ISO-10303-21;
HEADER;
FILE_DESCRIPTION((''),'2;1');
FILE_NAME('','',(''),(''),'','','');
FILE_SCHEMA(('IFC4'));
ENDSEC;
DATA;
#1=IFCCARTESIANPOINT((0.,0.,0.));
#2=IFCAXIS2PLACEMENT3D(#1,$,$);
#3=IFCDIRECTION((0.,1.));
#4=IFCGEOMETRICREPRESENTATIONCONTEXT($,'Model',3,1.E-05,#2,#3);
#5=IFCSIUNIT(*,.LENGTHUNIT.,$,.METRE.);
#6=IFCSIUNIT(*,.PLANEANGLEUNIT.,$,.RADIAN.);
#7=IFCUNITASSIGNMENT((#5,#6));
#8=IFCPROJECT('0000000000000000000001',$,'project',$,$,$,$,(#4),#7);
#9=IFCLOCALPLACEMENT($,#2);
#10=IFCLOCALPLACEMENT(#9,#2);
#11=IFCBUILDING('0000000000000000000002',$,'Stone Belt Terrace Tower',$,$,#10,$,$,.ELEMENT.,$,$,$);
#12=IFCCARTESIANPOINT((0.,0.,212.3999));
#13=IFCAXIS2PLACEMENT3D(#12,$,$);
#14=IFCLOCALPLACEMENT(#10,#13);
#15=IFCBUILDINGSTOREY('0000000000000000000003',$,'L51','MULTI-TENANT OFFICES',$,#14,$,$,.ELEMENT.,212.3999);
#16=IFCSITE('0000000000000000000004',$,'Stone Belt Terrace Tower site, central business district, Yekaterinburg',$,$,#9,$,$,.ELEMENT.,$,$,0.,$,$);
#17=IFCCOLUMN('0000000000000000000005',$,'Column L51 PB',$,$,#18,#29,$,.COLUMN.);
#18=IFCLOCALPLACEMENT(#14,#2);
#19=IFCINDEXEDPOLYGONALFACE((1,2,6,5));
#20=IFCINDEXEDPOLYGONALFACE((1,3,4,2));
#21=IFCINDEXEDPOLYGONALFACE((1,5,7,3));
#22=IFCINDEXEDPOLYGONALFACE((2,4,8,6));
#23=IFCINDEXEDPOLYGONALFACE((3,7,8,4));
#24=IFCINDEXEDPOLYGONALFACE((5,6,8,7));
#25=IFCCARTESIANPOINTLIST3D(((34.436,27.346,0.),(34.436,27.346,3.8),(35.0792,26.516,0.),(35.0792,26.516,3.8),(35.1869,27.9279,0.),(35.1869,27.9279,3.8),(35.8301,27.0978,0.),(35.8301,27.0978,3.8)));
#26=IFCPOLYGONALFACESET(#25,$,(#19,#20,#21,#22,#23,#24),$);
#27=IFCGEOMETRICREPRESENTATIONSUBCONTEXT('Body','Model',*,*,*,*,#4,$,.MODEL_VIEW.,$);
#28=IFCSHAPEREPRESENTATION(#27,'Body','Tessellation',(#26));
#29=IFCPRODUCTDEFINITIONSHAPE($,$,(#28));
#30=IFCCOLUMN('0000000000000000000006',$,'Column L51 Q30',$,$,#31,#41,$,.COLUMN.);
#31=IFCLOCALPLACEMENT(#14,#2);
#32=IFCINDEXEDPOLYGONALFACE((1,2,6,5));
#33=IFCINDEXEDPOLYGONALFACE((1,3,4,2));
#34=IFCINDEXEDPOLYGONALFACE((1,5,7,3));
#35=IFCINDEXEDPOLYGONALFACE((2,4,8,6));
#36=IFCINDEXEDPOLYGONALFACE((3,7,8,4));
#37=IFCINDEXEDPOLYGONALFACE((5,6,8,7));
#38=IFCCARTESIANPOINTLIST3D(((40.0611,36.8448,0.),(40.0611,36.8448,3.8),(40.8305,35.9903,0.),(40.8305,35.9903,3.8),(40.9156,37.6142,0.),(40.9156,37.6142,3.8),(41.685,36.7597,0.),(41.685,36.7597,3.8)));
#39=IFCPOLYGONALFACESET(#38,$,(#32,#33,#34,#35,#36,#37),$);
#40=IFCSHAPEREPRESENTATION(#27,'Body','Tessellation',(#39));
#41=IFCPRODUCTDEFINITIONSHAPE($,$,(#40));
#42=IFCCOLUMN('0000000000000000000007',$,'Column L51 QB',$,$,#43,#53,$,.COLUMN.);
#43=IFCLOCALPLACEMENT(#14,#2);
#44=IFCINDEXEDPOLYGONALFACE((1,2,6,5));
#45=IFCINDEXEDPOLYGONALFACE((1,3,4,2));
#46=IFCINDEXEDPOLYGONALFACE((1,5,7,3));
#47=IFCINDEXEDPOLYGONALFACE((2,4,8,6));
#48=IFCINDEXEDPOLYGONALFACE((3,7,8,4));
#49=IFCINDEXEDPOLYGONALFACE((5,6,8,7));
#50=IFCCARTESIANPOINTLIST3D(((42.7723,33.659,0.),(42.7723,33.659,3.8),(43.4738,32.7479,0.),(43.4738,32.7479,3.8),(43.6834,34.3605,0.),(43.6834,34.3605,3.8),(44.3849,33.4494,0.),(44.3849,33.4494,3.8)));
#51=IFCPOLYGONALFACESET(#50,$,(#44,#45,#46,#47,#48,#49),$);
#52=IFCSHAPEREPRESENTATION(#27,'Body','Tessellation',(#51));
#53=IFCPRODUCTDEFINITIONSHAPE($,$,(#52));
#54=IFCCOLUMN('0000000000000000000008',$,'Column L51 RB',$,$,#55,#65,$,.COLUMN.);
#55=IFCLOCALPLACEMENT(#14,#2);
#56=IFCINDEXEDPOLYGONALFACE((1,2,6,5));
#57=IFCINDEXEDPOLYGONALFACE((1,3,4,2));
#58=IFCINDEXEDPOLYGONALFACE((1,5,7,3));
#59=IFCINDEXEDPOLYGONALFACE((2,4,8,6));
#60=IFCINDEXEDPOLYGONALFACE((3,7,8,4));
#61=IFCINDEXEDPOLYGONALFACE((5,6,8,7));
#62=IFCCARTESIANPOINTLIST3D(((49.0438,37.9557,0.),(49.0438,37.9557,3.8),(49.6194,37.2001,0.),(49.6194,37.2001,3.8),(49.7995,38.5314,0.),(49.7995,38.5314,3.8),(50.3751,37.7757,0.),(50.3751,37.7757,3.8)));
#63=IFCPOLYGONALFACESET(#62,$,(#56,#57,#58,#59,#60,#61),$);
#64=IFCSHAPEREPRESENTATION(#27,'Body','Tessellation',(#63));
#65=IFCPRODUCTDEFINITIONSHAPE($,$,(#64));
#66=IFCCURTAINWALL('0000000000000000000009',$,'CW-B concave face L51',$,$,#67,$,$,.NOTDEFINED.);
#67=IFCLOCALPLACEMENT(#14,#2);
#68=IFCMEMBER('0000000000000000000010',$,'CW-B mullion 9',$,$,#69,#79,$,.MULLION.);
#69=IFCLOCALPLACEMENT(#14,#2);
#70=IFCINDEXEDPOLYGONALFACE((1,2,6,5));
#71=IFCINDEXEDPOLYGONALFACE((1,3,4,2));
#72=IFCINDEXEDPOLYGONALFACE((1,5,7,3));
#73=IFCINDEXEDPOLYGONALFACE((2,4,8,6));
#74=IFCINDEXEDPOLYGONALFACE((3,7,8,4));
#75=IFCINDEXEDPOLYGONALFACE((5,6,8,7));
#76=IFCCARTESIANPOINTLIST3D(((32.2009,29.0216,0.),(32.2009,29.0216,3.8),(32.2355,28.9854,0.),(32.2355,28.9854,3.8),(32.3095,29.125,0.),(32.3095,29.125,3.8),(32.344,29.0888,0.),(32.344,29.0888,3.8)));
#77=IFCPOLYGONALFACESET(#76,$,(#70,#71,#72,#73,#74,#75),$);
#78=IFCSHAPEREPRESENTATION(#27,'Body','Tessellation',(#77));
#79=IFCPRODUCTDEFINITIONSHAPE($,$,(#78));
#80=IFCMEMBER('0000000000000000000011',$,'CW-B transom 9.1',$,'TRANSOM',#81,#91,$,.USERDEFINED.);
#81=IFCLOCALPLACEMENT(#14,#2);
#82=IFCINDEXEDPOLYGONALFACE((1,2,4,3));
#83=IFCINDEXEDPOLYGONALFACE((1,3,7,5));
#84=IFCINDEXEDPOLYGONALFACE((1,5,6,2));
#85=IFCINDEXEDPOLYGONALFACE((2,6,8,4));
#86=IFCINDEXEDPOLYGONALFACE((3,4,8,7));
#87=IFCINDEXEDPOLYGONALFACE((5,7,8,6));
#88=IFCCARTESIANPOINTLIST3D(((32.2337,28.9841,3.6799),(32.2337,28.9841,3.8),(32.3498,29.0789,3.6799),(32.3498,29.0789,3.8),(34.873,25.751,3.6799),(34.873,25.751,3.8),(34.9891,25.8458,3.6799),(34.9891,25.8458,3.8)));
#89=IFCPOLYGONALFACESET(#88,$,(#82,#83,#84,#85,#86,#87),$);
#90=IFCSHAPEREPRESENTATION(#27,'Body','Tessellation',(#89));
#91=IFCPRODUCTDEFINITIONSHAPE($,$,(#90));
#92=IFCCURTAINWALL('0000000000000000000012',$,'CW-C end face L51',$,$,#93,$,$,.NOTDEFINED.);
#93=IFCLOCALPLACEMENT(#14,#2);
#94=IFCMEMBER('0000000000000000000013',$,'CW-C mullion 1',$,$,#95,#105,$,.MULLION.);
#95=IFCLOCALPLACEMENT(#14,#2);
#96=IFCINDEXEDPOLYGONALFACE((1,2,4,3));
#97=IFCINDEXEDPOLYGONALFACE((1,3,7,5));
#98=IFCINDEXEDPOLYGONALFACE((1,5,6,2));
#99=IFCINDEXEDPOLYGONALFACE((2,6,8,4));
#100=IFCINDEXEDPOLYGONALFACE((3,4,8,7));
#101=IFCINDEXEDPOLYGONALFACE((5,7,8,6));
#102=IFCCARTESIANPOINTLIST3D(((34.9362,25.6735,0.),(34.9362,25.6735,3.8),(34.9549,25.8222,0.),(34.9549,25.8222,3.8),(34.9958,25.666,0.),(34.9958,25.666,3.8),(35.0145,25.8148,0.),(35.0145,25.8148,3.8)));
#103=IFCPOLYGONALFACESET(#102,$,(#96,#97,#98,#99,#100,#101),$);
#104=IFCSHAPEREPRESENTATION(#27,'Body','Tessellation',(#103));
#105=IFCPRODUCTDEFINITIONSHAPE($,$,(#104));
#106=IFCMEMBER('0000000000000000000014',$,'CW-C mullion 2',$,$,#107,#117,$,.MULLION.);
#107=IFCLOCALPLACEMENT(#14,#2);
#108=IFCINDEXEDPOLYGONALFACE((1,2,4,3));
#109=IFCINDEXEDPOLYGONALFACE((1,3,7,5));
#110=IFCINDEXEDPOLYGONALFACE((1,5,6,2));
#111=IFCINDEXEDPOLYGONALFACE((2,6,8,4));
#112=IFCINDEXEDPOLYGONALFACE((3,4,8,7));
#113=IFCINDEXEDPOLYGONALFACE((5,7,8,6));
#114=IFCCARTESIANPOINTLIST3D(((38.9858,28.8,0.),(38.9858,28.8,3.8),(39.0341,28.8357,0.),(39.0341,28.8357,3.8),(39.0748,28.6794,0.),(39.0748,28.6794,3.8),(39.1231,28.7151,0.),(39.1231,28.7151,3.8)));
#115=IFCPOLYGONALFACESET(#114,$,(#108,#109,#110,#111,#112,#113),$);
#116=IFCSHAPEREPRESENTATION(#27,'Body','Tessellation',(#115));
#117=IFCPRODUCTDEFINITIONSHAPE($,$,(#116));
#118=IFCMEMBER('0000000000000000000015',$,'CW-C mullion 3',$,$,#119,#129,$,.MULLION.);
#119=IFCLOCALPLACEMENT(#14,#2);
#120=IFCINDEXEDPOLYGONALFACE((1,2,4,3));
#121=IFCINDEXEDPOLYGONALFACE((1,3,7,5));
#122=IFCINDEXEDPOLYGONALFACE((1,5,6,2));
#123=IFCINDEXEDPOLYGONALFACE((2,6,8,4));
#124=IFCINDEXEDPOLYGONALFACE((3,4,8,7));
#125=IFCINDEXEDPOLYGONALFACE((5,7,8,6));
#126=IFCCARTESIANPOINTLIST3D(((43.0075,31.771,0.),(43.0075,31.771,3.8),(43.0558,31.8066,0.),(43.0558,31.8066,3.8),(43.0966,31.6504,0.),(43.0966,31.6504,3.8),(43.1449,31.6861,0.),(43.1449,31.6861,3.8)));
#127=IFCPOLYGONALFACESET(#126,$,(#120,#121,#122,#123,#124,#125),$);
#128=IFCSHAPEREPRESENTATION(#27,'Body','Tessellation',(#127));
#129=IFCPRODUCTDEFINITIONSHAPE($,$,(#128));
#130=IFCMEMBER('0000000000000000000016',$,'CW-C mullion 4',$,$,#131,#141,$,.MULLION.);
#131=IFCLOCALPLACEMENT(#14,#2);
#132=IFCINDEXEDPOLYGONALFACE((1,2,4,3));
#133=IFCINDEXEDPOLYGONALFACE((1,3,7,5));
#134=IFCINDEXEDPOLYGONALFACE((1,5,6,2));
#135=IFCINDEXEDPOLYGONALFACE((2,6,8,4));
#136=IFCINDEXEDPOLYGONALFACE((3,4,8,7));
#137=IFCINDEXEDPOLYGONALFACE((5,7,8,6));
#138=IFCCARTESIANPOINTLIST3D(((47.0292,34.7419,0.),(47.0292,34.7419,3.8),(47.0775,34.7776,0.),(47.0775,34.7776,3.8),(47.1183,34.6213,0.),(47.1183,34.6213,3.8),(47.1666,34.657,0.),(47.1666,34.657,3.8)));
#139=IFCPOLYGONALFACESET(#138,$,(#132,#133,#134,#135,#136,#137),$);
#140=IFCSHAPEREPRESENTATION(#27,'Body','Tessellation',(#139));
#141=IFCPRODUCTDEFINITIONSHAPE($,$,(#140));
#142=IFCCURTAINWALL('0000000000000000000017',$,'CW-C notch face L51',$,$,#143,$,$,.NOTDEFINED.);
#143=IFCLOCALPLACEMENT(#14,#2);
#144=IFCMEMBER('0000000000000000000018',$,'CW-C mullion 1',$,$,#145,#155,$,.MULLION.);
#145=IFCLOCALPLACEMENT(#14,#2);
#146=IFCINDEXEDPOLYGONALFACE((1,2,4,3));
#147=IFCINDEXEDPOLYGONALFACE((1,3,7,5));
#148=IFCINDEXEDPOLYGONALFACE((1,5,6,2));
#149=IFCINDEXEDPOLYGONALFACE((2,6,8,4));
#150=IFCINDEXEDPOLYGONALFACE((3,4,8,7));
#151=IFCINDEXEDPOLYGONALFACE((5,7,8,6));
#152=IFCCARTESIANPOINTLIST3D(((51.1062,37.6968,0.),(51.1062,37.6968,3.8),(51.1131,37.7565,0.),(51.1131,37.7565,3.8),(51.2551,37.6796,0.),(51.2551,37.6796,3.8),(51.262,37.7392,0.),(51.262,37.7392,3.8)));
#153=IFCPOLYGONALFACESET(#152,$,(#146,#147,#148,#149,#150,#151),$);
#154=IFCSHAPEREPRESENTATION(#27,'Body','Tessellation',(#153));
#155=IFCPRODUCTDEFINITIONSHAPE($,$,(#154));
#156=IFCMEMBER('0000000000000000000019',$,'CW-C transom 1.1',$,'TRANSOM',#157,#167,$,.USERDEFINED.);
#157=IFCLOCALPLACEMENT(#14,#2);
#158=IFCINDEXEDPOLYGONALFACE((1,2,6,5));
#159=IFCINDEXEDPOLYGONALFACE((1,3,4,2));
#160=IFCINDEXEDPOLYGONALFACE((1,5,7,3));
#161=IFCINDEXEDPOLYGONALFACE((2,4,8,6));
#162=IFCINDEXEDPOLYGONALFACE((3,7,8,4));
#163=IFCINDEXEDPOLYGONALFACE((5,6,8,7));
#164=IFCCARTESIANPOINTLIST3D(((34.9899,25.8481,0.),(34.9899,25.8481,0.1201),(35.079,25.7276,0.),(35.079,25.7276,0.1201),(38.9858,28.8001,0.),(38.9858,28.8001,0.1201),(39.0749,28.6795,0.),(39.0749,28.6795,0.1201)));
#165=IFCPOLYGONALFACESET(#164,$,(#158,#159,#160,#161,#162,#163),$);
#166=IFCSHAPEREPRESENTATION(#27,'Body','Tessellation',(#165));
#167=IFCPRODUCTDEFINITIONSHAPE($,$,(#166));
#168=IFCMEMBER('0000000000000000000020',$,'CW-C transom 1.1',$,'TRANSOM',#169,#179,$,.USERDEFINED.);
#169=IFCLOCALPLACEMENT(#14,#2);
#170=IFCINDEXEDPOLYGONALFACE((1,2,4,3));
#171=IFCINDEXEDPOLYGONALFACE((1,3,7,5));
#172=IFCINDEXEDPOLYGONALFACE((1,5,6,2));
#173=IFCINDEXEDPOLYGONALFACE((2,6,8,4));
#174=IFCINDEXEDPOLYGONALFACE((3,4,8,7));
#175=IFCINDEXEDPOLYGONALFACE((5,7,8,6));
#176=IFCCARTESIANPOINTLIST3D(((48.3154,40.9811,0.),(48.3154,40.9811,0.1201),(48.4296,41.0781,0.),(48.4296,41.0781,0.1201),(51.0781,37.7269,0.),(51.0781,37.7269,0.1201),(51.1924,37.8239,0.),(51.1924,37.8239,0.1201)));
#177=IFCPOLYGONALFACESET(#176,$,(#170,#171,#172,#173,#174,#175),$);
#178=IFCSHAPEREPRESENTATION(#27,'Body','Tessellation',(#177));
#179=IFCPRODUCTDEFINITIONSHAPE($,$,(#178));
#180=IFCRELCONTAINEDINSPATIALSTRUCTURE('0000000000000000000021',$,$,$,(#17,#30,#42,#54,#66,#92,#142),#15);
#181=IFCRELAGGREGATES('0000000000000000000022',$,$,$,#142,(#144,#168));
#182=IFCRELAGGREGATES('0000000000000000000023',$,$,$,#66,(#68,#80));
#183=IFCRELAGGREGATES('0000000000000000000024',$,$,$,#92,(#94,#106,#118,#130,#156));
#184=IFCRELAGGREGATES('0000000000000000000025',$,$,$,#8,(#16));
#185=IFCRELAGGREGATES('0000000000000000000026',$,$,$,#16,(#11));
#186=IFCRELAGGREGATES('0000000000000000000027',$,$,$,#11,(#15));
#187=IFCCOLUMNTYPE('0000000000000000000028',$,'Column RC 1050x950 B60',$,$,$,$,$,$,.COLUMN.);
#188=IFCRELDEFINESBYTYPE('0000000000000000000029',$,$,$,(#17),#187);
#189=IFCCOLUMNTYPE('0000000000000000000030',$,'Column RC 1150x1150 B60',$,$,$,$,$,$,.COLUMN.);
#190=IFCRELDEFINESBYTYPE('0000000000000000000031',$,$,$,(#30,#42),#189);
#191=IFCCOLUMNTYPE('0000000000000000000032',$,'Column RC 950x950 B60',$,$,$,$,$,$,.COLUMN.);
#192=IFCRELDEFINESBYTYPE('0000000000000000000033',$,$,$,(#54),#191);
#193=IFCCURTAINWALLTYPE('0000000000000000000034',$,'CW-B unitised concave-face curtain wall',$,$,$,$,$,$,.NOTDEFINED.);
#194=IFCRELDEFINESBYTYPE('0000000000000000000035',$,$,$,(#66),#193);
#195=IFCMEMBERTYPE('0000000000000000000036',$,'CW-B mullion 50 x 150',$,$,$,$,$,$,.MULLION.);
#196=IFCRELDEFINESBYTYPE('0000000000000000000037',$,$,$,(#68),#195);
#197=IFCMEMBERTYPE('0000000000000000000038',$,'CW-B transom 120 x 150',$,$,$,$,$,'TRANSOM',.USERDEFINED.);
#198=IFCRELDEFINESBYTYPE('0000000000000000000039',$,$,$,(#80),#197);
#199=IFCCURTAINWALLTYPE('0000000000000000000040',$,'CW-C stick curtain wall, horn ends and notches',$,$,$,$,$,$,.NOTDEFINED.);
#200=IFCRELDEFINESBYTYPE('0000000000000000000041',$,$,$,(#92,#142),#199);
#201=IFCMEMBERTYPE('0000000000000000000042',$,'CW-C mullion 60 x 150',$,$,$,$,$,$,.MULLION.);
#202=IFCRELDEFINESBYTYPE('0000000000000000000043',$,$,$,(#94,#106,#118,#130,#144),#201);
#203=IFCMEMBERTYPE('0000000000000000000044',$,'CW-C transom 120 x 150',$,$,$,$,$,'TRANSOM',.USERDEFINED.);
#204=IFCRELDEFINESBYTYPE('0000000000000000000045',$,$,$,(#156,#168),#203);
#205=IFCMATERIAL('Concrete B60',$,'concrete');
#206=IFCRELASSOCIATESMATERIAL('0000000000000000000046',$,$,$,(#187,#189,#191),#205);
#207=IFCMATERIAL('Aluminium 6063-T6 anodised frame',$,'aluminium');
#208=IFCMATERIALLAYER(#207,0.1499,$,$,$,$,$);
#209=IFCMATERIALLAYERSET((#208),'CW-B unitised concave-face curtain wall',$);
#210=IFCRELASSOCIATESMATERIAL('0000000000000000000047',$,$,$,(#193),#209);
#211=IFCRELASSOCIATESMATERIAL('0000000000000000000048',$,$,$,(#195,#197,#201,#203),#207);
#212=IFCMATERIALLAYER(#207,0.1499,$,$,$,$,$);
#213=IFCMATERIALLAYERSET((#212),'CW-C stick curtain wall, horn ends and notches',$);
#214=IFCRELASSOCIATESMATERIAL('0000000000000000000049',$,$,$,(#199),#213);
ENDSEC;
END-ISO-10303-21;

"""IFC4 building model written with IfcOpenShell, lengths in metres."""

from ifc_helpers import new_model, si_unit, direction, frame, origin, origin_2d, place, context, subcontext, project, spatial, rectangle, extrude, material, layer, layer_set, material_profile, profile_set, type_object, element, aggregate, save


model = new_model("IFC4")

# Units and contexts
model_context = context("Model", 3, precision=1e-05, world=origin(), true_north=direction((0.0, 1.0)))
body_context = subcontext(model_context, "Body", "Model", "MODEL_VIEW")
ifc_project = project(units=[si_unit("LENGTHUNIT", "METRE"), si_unit("PLANEANGLEUNIT", "RADIAN")], contexts=[model_context])

# Site, building, storey
site_placement = place(None, origin())
site = spatial("IfcSite", under=ifc_project, at=site_placement, Name="Stone Belt Terrace Tower site, central business district, Yekaterinburg", CompositionType="ELEMENT", RefElevation=0.0)
building_placement = place(site_placement, origin())
building = spatial("IfcBuilding", under=site, at=building_placement, Name="Stone Belt Terrace Tower", CompositionType="ELEMENT")
storey_placement = place(building_placement, frame((0.0, 0.0, 212.3999)))
storey = spatial("IfcBuildingStorey", under=building, at=storey_placement, Name="L51", Description="MULTI-TENANT OFFICES", CompositionType="ELEMENT", Elevation=212.3999)

# Columns
ifc_material_1 = material(Name="Concrete B60", Category="concrete")
ifc_material_profile_1 = material_profile(ifc_material_1, rectangle(XDim=1.05, YDim=0.95, at=origin_2d()), Name="RC 1050x950")
ifc_profile_set_1 = profile_set([ifc_material_profile_1], Name="Concrete B60")
column_type_1 = type_object("IfcColumnType", Name="Column RC 1050x950 B60", PredefinedType="COLUMN", material=ifc_profile_set_1)
column_1_placement = place(storey_placement, frame((35.1331, 27.2219, 0.0), z_axis=(0.0, 0.0, 1.0), x_axis=(0.612485, -0.790482, 0.0)))
element("IfcColumn", 1, at=column_1_placement, inside=storey, type_object=column_type_1, Name="Column L51 PB", PredefinedType="COLUMN", context=body_context, shape_type="SweptSolid", body=[
    extrude(rectangle(XDim=1.05, YDim=0.95, at=origin_2d()), origin(), (0.0, 0.0, 1.0), 3.8),
])
ifc_material_profile_2 = material_profile(ifc_material_1, rectangle(XDim=1.1499, YDim=1.1499, at=origin_2d()), Name="RC 1150x1150")
ifc_profile_set_2 = profile_set([ifc_material_profile_2], Name="Concrete B60")
column_type_2 = type_object("IfcColumnType", Name="Column RC 1150x1150 B60", PredefinedType="COLUMN", material=ifc_profile_set_2)
for number, where, z_axis, x_axis, name in (
    (2, (40.873, 36.8022, 0.0), (0.0, 0.0, 1.0), (0.669131, -0.743145, 0.0), "Column L51 Q30"),
    (3, (43.5786, 33.5542, 0.0), (0.0, 0.0, 1.0), (0.610079, -0.792341, 0.0), "Column L51 QB"),
):
    element("IfcColumn", number, at=place(storey_placement, frame(where, z_axis=z_axis, x_axis=x_axis)), inside=storey, type_object=column_type_2, Name=name, PredefinedType="COLUMN", context=body_context, shape_type="SweptSolid", body=[
        extrude(rectangle(XDim=1.1499, YDim=1.1499, at=origin_2d()), origin(), (0.0, 0.0, 1.0), 3.8),
    ])
ifc_material_profile_3 = material_profile(ifc_material_1, rectangle(XDim=0.95, YDim=0.95, at=origin_2d()), Name="RC 950x950")
ifc_profile_set_3 = profile_set([ifc_material_profile_3], Name="Concrete B60")
column_type_3 = type_object("IfcColumnType", Name="Column RC 950x950 B60", PredefinedType="COLUMN", material=ifc_profile_set_3)
column_2_placement = place(storey_placement, frame((49.7095, 37.8657, 0.0), z_axis=(0.0, 0.0, 1.0), x_axis=(0.605961, -0.795495, 0.0)))
element("IfcColumn", 4, at=column_2_placement, inside=storey, type_object=column_type_3, Name="Column L51 RB", PredefinedType="COLUMN", context=body_context, shape_type="SweptSolid", body=[
    extrude(rectangle(XDim=0.95, YDim=0.95, at=origin_2d()), origin(), (0.0, 0.0, 1.0), 3.8),
])

# Curtain walls, members
ifc_material_2 = material(Name="Aluminium 6063-T6 anodised frame", Category="aluminium")
ifc_layer_1 = layer(ifc_material_2, 0.1499)
ifc_layer_set_1 = layer_set([ifc_layer_1], Name="CW-B unitised concave-face curtain wall")
curtain_wall_type_1 = type_object("IfcCurtainWallType", Name="CW-B unitised concave-face curtain wall", PredefinedType="NOTDEFINED", material=ifc_layer_set_1)
curtain_wall_1_placement = place(storey_placement, origin())
curtain_wall_1 = element("IfcCurtainWall", 5, at=curtain_wall_1_placement, inside=storey, type_object=curtain_wall_type_1, Name="CW-B concave face L51", PredefinedType="NOTDEFINED")
ifc_material_profile_4 = material_profile(ifc_material_2, rectangle(XDim=0.1499, YDim=0.05, at=origin_2d()), Name="Aluminium 6063-T6 50x150")
ifc_profile_set_4 = profile_set([ifc_material_profile_4], Name="Aluminium 6063-T6 anodised frame")
member_type_1 = type_object("IfcMemberType", Name="CW-B mullion 50 x 150", PredefinedType="MULLION", material=ifc_profile_set_4)
member_1_placement = place(storey_placement, frame((32.2725, 29.0552, 0.0), z_axis=(0.0, 0.0, 1.0), x_axis=(0.724008, 0.689792, 0.0)))
member_1 = element("IfcMember", 6, at=member_1_placement, type_object=member_type_1, Name="CW-B mullion 9", PredefinedType="MULLION", context=body_context, shape_type="SweptSolid", body=[
    extrude(rectangle(XDim=0.1499, YDim=0.05, at=origin_2d()), origin(), (0.0, 0.0, 1.0), 3.8),
])
ifc_material_profile_5 = material_profile(ifc_material_2, rectangle(XDim=0.1499, YDim=0.1201, at=origin_2d()), Name="Aluminium 6063-T6 150x120")
ifc_profile_set_5 = profile_set([ifc_material_profile_5], Name="Aluminium 6063-T6 anodised frame")
member_type_2 = type_object("IfcMemberType", Name="CW-B transom 120 x 150", ElementType="TRANSOM", PredefinedType="USERDEFINED", material=ifc_profile_set_5)
member_2_placement = place(storey_placement, frame((32.2917, 29.0315, 3.74), z_axis=(0.63239, -0.77465, 0.0), x_axis=(0.77465, 0.63239, 0.0)))
member_2 = element("IfcMember", 7, at=member_2_placement, type_object=member_type_2, Name="CW-B transom 9.1", ObjectType="TRANSOM", PredefinedType="USERDEFINED", context=body_context, shape_type="SweptSolid", body=[
    extrude(rectangle(XDim=0.1499, YDim=0.1201, at=origin_2d()), origin(), (0.0, 0.0, 1.0), 4.1736),
])
ifc_layer_2 = layer(ifc_material_2, 0.1499)
ifc_layer_set_2 = layer_set([ifc_layer_2], Name="CW-C stick curtain wall, horn ends and notches")
curtain_wall_type_2 = type_object("IfcCurtainWallType", Name="CW-C stick curtain wall, horn ends and notches", PredefinedType="NOTDEFINED", material=ifc_layer_set_2)
curtain_wall_2_placement = place(storey_placement, origin())
curtain_wall_2 = element("IfcCurtainWall", 8, at=curtain_wall_2_placement, inside=storey, type_object=curtain_wall_type_2, Name="CW-C end face L51", PredefinedType="NOTDEFINED")
ifc_material_profile_6 = material_profile(ifc_material_2, rectangle(XDim=0.1499, YDim=0.0601, at=origin_2d()), Name="Aluminium 6063-T6 60x150")
ifc_profile_set_6 = profile_set([ifc_material_profile_6], Name="Aluminium 6063-T6 anodised frame")
member_type_3 = type_object("IfcMemberType", Name="CW-C mullion 60 x 150", PredefinedType="MULLION", material=ifc_profile_set_6)
member_3_placement = place(storey_placement, frame((34.9753, 25.7441, 0.0), z_axis=(0.0, 0.0, 1.0), x_axis=(0.124626, 0.992204, 0.0)))
member_3 = element("IfcMember", 9, at=member_3_placement, type_object=member_type_3, Name="CW-C mullion 1", PredefinedType="MULLION", context=body_context, shape_type="SweptSolid", body=[
    extrude(rectangle(XDim=0.1499, YDim=0.0601, at=origin_2d()), origin(), (0.0, 0.0, 1.0), 3.8),
])
member_4_placement = place(storey_placement, frame((39.0544, 28.7576, 0.0), z_axis=(0.0, 0.0, 1.0), x_axis=(-0.594184, 0.804329, 0.0)))
member_4 = element("IfcMember", 10, at=member_4_placement, type_object=member_type_3, Name="CW-C mullion 2", PredefinedType="MULLION", context=body_context, shape_type="SweptSolid", body=[
    extrude(rectangle(XDim=0.1499, YDim=0.0601, at=origin_2d()), origin(), (0.0, 0.0, 1.0), 3.8),
])
member_5_placement = place(storey_placement, frame((43.0762, 31.7285, 0.0), z_axis=(0.0, 0.0, 1.0), x_axis=(-0.594184, 0.804329, 0.0)))
member_5 = element("IfcMember", 11, at=member_5_placement, type_object=member_type_3, Name="CW-C mullion 3", PredefinedType="MULLION", context=body_context, shape_type="SweptSolid", body=[
    extrude(rectangle(XDim=0.1499, YDim=0.0601, at=origin_2d()), origin(), (0.0, 0.0, 1.0), 3.8),
])
member_6_placement = place(storey_placement, frame((47.0979, 34.6995, 0.0), z_axis=(0.0, 0.0, 1.0), x_axis=(-0.594184, 0.804329, 0.0)))
member_6 = element("IfcMember", 12, at=member_6_placement, type_object=member_type_3, Name="CW-C mullion 4", PredefinedType="MULLION", context=body_context, shape_type="SweptSolid", body=[
    extrude(rectangle(XDim=0.1499, YDim=0.0601, at=origin_2d()), origin(), (0.0, 0.0, 1.0), 3.8),
])

# Curtain wall, member
curtain_wall_3_placement = place(storey_placement, origin())
curtain_wall_3 = element("IfcCurtainWall", 13, at=curtain_wall_3_placement, inside=storey, type_object=curtain_wall_type_2, Name="CW-C notch face L51", PredefinedType="NOTDEFINED")
member_7_placement = place(storey_placement, frame((51.1841, 37.718, 0.0), z_axis=(0.0, 0.0, 1.0), x_axis=(-0.993359, 0.115057, 0.0)))
member_7 = element("IfcMember", 14, at=member_7_placement, type_object=member_type_3, Name="CW-C mullion 1", PredefinedType="MULLION", context=body_context, shape_type="SweptSolid", body=[
    extrude(rectangle(XDim=0.1499, YDim=0.0601, at=origin_2d()), origin(), (0.0, 0.0, 1.0), 3.8),
])

# Members
ifc_material_profile_7 = material_profile(ifc_material_2, rectangle(XDim=0.1499, YDim=0.1201, at=origin_2d()), Name="Aluminium 6063-T6 150x120")
ifc_profile_set_7 = profile_set([ifc_material_profile_7], Name="Aluminium 6063-T6 anodised frame")
member_type_4 = type_object("IfcMemberType", Name="CW-C transom 120 x 150", ElementType="TRANSOM", PredefinedType="USERDEFINED", material=ifc_profile_set_7)
member_8_placement = place(storey_placement, frame((35.0344, 25.7878, 0.0601), z_axis=(0.804325, 0.594189, 0.0), x_axis=(-0.594189, 0.804325, 0.0)))
member_8 = element("IfcMember", 15, at=member_8_placement, type_object=member_type_4, Name="CW-C transom 1.1", ObjectType="TRANSOM", PredefinedType="USERDEFINED", context=body_context, shape_type="SweptSolid", body=[
    extrude(rectangle(XDim=0.1499, YDim=0.1201, at=origin_2d()), origin(), (0.0, 0.0, 1.0), 4.968),
])
member_9_placement = place(storey_placement, frame((51.1353, 37.7754, 0.0601), z_axis=(-0.647195, 0.762324, 0.0), x_axis=(-0.762324, -0.647195, 0.0)))
member_9 = element("IfcMember", 16, at=member_9_placement, type_object=member_type_4, Name="CW-C transom 1.1", ObjectType="TRANSOM", PredefinedType="USERDEFINED", context=body_context, shape_type="SweptSolid", body=[
    extrude(rectangle(XDim=0.1499, YDim=0.1201, at=origin_2d()), origin(), (0.0, 0.0, 1.0), 4.2688),
])
aggregate(curtain_wall_3, [member_7, member_9])

aggregate(curtain_wall_1, [member_1, member_2])
aggregate(curtain_wall_2, [member_3, member_4, member_5, member_6, member_8])

save(model, "model.ifc")
